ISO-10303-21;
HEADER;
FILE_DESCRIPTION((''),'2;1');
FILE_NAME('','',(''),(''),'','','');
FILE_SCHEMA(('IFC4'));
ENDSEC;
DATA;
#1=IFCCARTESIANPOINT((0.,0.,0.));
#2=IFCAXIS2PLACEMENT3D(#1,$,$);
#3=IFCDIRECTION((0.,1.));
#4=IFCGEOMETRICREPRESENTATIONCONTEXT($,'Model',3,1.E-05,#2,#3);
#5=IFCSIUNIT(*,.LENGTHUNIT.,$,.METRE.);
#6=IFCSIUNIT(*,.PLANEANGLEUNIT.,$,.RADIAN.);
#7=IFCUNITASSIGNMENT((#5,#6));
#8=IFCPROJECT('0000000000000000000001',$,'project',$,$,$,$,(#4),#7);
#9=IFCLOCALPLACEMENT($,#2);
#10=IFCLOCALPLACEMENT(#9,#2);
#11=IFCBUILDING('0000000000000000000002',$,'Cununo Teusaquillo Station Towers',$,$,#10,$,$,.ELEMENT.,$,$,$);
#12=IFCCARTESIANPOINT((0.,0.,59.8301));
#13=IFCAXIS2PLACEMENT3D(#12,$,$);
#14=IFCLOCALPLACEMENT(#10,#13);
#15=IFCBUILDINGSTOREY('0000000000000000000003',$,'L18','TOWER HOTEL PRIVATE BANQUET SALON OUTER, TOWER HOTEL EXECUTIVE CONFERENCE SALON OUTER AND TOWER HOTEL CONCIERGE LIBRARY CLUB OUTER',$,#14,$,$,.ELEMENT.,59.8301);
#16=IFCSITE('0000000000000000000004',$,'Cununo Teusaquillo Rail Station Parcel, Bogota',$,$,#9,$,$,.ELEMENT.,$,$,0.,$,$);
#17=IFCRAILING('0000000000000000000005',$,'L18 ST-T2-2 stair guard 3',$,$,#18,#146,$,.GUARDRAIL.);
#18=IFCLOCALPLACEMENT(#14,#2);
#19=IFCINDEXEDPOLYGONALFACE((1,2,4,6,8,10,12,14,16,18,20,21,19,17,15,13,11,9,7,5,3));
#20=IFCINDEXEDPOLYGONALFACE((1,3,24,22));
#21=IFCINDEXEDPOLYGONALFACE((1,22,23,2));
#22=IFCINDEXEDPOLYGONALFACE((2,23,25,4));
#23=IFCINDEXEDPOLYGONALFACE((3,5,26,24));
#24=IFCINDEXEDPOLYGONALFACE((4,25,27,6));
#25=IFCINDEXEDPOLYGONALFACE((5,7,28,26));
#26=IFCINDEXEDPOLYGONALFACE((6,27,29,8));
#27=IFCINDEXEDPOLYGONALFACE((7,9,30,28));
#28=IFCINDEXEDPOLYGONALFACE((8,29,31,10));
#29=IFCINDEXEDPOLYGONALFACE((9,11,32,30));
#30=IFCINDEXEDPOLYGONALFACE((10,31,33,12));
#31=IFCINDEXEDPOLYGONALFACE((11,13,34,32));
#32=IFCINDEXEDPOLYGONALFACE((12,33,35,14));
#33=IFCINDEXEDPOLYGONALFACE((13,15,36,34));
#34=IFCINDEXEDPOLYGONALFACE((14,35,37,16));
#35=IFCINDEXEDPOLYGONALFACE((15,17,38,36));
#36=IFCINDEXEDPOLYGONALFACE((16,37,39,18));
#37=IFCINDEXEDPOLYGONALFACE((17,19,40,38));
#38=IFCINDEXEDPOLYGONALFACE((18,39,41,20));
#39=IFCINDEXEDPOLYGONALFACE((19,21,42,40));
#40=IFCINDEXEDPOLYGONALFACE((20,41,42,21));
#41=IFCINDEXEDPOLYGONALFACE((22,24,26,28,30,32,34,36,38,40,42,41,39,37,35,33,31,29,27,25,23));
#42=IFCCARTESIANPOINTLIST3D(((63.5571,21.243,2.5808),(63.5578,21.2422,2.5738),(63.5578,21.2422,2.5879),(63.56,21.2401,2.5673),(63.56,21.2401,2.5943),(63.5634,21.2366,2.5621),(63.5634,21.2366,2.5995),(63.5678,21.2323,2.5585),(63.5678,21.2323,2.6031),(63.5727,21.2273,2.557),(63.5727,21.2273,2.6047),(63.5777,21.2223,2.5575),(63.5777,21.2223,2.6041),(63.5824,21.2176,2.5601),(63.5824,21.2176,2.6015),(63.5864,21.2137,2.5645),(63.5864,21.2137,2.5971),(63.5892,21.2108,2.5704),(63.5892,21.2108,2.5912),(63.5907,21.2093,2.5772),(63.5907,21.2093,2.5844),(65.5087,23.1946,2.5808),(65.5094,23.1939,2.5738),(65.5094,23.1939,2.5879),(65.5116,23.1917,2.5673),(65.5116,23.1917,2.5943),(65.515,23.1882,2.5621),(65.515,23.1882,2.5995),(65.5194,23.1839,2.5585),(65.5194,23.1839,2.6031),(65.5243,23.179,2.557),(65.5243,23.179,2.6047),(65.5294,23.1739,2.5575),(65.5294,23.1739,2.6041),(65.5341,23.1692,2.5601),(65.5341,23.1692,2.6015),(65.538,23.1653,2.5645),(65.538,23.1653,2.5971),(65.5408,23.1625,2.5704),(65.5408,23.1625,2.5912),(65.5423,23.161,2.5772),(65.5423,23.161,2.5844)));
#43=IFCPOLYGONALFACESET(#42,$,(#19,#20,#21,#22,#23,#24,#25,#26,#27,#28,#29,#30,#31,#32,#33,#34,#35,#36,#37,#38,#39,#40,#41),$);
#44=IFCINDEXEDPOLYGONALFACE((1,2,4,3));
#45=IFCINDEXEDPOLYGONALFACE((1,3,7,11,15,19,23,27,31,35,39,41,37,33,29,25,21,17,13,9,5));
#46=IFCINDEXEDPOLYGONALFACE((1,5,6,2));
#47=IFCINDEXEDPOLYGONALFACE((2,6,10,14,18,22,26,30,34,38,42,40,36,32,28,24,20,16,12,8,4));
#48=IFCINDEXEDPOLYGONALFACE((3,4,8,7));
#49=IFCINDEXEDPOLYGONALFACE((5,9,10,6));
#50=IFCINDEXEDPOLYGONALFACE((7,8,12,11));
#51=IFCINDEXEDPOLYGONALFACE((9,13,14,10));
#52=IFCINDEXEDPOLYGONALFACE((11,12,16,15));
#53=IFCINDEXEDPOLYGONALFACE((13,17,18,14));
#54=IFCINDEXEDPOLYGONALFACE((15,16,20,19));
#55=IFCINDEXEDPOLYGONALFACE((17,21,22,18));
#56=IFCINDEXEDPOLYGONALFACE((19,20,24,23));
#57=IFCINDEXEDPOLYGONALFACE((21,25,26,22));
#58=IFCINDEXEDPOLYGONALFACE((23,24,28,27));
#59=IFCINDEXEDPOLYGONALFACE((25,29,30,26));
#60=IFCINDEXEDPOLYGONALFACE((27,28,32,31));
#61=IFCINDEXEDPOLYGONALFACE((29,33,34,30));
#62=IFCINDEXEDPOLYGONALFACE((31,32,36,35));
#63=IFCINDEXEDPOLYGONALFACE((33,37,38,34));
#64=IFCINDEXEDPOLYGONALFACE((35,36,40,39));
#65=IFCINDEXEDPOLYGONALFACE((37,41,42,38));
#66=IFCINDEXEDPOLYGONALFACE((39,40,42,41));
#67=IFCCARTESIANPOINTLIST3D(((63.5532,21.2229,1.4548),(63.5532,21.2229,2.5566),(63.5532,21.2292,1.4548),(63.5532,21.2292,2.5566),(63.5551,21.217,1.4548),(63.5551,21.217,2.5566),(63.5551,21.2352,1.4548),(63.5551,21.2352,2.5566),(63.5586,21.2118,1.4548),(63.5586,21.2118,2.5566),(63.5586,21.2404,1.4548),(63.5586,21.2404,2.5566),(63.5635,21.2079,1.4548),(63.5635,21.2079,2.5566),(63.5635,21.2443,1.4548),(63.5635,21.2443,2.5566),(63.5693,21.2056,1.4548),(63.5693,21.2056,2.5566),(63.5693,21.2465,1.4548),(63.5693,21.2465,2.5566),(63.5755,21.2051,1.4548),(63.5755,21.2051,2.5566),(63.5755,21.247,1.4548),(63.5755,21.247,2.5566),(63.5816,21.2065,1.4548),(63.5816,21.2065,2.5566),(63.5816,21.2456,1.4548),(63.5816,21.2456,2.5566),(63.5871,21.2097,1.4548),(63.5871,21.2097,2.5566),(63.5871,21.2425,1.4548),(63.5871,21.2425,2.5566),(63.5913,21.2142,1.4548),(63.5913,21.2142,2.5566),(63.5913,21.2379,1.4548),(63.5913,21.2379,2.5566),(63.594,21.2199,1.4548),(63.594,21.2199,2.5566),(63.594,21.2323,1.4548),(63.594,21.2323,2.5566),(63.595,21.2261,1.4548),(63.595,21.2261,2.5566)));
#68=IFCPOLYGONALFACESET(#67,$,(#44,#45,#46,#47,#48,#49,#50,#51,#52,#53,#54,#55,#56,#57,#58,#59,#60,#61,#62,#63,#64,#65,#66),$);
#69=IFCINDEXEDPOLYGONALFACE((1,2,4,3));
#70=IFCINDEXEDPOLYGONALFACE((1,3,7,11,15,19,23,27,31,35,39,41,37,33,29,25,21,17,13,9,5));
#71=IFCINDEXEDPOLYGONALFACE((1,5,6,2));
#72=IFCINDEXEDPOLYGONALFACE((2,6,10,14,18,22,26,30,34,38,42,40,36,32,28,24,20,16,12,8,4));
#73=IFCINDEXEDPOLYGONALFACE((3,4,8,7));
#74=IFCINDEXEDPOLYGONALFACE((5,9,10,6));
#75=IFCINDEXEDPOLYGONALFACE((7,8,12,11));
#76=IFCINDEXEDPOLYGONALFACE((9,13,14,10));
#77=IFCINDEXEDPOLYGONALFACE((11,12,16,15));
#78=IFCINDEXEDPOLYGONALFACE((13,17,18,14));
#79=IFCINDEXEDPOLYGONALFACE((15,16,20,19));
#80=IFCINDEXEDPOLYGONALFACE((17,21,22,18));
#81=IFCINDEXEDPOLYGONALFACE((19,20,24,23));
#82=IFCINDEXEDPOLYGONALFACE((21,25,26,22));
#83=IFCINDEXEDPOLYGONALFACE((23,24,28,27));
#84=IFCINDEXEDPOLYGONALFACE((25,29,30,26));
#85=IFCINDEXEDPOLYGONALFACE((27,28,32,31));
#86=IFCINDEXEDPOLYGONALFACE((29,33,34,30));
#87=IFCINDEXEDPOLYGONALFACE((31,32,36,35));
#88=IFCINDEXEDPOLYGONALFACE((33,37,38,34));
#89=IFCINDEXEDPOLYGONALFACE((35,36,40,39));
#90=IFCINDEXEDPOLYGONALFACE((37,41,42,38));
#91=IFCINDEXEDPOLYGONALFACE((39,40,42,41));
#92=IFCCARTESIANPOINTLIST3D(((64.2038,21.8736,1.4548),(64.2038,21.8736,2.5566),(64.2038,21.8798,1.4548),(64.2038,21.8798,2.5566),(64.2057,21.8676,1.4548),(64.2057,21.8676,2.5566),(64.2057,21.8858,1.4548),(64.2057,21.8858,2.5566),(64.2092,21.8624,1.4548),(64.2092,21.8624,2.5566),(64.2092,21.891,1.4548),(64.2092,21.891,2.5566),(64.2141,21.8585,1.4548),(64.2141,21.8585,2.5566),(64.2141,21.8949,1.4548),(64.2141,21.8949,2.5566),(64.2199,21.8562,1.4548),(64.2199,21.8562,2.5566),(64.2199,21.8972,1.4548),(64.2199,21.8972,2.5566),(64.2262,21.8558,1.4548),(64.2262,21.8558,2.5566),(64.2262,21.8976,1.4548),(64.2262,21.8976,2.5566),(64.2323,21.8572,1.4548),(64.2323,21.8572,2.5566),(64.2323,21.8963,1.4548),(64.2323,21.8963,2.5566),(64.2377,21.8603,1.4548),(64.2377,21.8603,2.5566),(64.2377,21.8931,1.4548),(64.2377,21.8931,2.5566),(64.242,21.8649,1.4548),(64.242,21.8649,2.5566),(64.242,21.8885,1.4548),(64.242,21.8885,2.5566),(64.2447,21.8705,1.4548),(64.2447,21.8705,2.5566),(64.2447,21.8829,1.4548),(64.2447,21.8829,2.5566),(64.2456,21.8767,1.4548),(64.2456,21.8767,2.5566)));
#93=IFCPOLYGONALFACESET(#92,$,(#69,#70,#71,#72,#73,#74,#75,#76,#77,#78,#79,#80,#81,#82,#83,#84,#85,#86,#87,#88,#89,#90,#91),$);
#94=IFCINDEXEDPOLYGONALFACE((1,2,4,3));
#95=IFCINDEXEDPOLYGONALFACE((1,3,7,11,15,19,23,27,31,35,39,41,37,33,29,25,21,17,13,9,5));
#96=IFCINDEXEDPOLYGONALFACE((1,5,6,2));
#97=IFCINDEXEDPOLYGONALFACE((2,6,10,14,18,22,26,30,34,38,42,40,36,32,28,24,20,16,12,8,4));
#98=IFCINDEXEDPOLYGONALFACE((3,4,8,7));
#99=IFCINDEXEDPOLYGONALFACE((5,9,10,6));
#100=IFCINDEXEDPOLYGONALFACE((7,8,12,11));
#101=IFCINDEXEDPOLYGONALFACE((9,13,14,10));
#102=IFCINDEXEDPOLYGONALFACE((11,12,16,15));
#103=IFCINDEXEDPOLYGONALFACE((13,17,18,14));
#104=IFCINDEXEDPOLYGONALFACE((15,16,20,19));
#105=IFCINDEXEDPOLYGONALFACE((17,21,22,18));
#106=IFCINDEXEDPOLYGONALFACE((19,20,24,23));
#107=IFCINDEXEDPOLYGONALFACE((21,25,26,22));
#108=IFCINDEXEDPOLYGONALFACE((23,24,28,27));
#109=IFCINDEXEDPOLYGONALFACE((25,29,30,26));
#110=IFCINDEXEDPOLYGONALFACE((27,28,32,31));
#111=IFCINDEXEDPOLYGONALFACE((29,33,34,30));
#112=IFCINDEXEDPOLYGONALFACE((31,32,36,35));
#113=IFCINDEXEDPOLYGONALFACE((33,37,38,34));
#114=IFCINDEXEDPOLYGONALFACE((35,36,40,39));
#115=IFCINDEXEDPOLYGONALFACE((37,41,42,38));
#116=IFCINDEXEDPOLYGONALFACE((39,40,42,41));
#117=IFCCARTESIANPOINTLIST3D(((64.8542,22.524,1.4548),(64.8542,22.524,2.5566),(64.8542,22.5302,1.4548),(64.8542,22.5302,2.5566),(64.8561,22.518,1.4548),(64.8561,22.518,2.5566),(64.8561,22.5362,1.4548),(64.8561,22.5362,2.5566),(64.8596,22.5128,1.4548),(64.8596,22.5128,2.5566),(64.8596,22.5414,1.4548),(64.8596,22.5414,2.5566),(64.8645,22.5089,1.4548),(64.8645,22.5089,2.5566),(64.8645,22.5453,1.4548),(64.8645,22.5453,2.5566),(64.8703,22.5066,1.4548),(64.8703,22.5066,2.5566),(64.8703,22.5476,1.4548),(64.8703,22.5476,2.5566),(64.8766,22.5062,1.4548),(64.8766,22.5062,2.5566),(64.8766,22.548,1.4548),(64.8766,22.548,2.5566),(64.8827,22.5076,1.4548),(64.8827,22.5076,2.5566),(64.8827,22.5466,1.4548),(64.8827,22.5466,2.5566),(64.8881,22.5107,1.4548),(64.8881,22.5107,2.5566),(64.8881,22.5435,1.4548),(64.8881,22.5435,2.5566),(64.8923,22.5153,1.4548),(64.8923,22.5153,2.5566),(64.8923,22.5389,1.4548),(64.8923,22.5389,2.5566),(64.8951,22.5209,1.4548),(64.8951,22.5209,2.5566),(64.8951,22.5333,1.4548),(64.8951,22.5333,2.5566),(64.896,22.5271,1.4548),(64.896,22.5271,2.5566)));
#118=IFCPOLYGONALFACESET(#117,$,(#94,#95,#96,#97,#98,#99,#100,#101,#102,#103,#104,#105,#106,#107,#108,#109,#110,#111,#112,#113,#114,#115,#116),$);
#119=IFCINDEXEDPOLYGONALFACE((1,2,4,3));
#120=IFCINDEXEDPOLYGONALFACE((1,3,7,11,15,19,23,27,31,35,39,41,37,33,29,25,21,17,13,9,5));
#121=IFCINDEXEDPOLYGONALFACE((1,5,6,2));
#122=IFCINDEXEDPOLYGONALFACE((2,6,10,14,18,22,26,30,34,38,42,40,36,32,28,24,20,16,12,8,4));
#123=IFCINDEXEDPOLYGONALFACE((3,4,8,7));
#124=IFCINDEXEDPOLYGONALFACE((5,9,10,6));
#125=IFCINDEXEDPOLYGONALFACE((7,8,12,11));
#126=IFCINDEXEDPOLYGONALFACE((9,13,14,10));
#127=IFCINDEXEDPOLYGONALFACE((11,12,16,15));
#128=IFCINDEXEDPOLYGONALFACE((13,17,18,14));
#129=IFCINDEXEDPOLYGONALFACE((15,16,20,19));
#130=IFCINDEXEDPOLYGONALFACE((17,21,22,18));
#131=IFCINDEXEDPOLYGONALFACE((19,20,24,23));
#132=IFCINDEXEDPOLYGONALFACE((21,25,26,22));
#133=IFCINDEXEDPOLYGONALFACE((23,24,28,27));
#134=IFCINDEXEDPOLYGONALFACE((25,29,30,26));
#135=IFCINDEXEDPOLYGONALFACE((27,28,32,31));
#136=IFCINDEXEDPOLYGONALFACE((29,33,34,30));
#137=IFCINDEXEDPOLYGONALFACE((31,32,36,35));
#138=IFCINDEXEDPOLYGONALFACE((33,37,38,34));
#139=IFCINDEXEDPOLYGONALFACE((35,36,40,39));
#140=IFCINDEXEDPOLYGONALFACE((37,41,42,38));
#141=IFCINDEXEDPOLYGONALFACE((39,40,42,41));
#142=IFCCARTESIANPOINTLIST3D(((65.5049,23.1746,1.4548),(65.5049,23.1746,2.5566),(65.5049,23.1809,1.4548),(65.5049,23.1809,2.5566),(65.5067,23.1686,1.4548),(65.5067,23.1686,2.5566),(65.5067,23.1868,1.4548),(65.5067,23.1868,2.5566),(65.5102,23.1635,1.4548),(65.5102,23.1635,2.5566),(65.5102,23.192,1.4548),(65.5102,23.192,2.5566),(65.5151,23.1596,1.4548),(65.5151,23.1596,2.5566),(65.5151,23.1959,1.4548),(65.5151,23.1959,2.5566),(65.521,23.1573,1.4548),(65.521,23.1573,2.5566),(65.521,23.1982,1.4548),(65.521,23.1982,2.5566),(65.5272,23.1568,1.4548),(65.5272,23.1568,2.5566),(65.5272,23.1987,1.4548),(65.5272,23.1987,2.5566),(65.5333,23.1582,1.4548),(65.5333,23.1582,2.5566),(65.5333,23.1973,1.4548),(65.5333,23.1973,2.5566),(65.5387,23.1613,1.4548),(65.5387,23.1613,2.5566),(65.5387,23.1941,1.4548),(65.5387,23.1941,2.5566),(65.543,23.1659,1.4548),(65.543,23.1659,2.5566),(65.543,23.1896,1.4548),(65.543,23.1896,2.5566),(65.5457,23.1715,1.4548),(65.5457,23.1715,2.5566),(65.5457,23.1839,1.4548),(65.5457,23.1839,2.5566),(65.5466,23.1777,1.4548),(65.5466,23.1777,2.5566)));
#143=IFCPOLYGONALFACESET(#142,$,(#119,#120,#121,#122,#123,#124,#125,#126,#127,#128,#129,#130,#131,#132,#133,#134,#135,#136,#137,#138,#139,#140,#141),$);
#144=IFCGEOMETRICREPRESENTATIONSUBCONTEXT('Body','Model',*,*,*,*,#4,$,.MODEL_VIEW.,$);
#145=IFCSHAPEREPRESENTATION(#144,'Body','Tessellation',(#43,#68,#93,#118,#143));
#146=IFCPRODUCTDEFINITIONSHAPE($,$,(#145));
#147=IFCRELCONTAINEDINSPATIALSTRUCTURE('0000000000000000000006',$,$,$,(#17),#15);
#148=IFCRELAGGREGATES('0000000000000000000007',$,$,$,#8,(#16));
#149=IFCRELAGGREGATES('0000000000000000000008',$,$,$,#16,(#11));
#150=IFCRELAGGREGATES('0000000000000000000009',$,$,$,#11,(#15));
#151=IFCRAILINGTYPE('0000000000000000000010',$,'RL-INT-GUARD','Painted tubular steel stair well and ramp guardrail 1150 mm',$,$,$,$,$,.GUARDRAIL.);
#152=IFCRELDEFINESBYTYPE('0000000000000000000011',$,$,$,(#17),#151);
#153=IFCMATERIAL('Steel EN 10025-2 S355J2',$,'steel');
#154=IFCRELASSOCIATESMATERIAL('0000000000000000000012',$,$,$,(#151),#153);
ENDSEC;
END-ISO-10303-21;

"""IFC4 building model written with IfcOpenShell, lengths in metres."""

from ifc_helpers import new_model, si_unit, direction, frame, origin, origin_2d, place, context, subcontext, project, spatial, circle, extrude, material, type_object, element, save


model = new_model("IFC4")

# Units and contexts
model_context = context("Model", 3, precision=1e-05, world=origin(), true_north=direction((0.0, 1.0)))
body_context = subcontext(model_context, "Body", "Model", "MODEL_VIEW")
ifc_project = project(units=[si_unit("LENGTHUNIT", "METRE"), si_unit("PLANEANGLEUNIT", "RADIAN")], contexts=[model_context])

# Site, building, storey
site_placement = place(None, origin())
site = spatial("IfcSite", under=ifc_project, at=site_placement, Name="Cununo Teusaquillo Rail Station Parcel, Bogota", CompositionType="ELEMENT", RefElevation=0.0)
building_placement = place(site_placement, origin())
building = spatial("IfcBuilding", under=site, at=building_placement, Name="Cununo Teusaquillo Station Towers", CompositionType="ELEMENT")
storey_placement = place(building_placement, frame((0.0, 0.0, 59.8301)))
storey = spatial("IfcBuildingStorey", under=building, at=storey_placement, Name="L18", Description="TOWER HOTEL PRIVATE BANQUET SALON OUTER, TOWER HOTEL EXECUTIVE CONFERENCE SALON OUTER AND TOWER HOTEL CONCIERGE LIBRARY CLUB OUTER", CompositionType="ELEMENT", Elevation=59.8301)

# Railing
ifc_material_1 = material(Name="Steel EN 10025-2 S355J2", Category="steel")
railing_type = type_object("IfcRailingType", Name="RL-INT-GUARD", Description="Painted tubular steel stair well and ramp guardrail 1150 mm", PredefinedType="GUARDRAIL", material=ifc_material_1)
railing_1_placement = place(storey_placement, frame((63.574, 21.2261, 1.4548)))
element("IfcRailing", 1, at=railing_1_placement, inside=storey, type_object=railing_type, Name="L18 ST-T2-2 stair guard 3", PredefinedType="GUARDRAIL", context=body_context, shape_type="SweptSolid", body=[
    extrude(circle(Radius=0.0239, at=origin_2d()), frame((0.0, 0.0, 1.126), z_axis=(0.707107, 0.707107, 0.0), x_axis=(-0.707107, 0.707107, 0.0)), (0.0, 0.0, 1.0), 2.76),
    extrude(circle(Radius=0.021, at=origin_2d()), origin(), (0.0, 0.0, 1.0), 1.1018),
    extrude(circle(Radius=0.021, at=origin_2d()), frame((0.6506, 0.6506, 0.0)), (0.0, 0.0, 1.0), 1.1018),
    extrude(circle(Radius=0.021, at=origin_2d()), frame((1.301, 1.301, 0.0)), (0.0, 0.0, 1.0), 1.1018),
    extrude(circle(Radius=0.021, at=origin_2d()), frame((1.9517, 1.9517, 0.0)), (0.0, 0.0, 1.0), 1.1018),
])

save(model, "model.ifc")
